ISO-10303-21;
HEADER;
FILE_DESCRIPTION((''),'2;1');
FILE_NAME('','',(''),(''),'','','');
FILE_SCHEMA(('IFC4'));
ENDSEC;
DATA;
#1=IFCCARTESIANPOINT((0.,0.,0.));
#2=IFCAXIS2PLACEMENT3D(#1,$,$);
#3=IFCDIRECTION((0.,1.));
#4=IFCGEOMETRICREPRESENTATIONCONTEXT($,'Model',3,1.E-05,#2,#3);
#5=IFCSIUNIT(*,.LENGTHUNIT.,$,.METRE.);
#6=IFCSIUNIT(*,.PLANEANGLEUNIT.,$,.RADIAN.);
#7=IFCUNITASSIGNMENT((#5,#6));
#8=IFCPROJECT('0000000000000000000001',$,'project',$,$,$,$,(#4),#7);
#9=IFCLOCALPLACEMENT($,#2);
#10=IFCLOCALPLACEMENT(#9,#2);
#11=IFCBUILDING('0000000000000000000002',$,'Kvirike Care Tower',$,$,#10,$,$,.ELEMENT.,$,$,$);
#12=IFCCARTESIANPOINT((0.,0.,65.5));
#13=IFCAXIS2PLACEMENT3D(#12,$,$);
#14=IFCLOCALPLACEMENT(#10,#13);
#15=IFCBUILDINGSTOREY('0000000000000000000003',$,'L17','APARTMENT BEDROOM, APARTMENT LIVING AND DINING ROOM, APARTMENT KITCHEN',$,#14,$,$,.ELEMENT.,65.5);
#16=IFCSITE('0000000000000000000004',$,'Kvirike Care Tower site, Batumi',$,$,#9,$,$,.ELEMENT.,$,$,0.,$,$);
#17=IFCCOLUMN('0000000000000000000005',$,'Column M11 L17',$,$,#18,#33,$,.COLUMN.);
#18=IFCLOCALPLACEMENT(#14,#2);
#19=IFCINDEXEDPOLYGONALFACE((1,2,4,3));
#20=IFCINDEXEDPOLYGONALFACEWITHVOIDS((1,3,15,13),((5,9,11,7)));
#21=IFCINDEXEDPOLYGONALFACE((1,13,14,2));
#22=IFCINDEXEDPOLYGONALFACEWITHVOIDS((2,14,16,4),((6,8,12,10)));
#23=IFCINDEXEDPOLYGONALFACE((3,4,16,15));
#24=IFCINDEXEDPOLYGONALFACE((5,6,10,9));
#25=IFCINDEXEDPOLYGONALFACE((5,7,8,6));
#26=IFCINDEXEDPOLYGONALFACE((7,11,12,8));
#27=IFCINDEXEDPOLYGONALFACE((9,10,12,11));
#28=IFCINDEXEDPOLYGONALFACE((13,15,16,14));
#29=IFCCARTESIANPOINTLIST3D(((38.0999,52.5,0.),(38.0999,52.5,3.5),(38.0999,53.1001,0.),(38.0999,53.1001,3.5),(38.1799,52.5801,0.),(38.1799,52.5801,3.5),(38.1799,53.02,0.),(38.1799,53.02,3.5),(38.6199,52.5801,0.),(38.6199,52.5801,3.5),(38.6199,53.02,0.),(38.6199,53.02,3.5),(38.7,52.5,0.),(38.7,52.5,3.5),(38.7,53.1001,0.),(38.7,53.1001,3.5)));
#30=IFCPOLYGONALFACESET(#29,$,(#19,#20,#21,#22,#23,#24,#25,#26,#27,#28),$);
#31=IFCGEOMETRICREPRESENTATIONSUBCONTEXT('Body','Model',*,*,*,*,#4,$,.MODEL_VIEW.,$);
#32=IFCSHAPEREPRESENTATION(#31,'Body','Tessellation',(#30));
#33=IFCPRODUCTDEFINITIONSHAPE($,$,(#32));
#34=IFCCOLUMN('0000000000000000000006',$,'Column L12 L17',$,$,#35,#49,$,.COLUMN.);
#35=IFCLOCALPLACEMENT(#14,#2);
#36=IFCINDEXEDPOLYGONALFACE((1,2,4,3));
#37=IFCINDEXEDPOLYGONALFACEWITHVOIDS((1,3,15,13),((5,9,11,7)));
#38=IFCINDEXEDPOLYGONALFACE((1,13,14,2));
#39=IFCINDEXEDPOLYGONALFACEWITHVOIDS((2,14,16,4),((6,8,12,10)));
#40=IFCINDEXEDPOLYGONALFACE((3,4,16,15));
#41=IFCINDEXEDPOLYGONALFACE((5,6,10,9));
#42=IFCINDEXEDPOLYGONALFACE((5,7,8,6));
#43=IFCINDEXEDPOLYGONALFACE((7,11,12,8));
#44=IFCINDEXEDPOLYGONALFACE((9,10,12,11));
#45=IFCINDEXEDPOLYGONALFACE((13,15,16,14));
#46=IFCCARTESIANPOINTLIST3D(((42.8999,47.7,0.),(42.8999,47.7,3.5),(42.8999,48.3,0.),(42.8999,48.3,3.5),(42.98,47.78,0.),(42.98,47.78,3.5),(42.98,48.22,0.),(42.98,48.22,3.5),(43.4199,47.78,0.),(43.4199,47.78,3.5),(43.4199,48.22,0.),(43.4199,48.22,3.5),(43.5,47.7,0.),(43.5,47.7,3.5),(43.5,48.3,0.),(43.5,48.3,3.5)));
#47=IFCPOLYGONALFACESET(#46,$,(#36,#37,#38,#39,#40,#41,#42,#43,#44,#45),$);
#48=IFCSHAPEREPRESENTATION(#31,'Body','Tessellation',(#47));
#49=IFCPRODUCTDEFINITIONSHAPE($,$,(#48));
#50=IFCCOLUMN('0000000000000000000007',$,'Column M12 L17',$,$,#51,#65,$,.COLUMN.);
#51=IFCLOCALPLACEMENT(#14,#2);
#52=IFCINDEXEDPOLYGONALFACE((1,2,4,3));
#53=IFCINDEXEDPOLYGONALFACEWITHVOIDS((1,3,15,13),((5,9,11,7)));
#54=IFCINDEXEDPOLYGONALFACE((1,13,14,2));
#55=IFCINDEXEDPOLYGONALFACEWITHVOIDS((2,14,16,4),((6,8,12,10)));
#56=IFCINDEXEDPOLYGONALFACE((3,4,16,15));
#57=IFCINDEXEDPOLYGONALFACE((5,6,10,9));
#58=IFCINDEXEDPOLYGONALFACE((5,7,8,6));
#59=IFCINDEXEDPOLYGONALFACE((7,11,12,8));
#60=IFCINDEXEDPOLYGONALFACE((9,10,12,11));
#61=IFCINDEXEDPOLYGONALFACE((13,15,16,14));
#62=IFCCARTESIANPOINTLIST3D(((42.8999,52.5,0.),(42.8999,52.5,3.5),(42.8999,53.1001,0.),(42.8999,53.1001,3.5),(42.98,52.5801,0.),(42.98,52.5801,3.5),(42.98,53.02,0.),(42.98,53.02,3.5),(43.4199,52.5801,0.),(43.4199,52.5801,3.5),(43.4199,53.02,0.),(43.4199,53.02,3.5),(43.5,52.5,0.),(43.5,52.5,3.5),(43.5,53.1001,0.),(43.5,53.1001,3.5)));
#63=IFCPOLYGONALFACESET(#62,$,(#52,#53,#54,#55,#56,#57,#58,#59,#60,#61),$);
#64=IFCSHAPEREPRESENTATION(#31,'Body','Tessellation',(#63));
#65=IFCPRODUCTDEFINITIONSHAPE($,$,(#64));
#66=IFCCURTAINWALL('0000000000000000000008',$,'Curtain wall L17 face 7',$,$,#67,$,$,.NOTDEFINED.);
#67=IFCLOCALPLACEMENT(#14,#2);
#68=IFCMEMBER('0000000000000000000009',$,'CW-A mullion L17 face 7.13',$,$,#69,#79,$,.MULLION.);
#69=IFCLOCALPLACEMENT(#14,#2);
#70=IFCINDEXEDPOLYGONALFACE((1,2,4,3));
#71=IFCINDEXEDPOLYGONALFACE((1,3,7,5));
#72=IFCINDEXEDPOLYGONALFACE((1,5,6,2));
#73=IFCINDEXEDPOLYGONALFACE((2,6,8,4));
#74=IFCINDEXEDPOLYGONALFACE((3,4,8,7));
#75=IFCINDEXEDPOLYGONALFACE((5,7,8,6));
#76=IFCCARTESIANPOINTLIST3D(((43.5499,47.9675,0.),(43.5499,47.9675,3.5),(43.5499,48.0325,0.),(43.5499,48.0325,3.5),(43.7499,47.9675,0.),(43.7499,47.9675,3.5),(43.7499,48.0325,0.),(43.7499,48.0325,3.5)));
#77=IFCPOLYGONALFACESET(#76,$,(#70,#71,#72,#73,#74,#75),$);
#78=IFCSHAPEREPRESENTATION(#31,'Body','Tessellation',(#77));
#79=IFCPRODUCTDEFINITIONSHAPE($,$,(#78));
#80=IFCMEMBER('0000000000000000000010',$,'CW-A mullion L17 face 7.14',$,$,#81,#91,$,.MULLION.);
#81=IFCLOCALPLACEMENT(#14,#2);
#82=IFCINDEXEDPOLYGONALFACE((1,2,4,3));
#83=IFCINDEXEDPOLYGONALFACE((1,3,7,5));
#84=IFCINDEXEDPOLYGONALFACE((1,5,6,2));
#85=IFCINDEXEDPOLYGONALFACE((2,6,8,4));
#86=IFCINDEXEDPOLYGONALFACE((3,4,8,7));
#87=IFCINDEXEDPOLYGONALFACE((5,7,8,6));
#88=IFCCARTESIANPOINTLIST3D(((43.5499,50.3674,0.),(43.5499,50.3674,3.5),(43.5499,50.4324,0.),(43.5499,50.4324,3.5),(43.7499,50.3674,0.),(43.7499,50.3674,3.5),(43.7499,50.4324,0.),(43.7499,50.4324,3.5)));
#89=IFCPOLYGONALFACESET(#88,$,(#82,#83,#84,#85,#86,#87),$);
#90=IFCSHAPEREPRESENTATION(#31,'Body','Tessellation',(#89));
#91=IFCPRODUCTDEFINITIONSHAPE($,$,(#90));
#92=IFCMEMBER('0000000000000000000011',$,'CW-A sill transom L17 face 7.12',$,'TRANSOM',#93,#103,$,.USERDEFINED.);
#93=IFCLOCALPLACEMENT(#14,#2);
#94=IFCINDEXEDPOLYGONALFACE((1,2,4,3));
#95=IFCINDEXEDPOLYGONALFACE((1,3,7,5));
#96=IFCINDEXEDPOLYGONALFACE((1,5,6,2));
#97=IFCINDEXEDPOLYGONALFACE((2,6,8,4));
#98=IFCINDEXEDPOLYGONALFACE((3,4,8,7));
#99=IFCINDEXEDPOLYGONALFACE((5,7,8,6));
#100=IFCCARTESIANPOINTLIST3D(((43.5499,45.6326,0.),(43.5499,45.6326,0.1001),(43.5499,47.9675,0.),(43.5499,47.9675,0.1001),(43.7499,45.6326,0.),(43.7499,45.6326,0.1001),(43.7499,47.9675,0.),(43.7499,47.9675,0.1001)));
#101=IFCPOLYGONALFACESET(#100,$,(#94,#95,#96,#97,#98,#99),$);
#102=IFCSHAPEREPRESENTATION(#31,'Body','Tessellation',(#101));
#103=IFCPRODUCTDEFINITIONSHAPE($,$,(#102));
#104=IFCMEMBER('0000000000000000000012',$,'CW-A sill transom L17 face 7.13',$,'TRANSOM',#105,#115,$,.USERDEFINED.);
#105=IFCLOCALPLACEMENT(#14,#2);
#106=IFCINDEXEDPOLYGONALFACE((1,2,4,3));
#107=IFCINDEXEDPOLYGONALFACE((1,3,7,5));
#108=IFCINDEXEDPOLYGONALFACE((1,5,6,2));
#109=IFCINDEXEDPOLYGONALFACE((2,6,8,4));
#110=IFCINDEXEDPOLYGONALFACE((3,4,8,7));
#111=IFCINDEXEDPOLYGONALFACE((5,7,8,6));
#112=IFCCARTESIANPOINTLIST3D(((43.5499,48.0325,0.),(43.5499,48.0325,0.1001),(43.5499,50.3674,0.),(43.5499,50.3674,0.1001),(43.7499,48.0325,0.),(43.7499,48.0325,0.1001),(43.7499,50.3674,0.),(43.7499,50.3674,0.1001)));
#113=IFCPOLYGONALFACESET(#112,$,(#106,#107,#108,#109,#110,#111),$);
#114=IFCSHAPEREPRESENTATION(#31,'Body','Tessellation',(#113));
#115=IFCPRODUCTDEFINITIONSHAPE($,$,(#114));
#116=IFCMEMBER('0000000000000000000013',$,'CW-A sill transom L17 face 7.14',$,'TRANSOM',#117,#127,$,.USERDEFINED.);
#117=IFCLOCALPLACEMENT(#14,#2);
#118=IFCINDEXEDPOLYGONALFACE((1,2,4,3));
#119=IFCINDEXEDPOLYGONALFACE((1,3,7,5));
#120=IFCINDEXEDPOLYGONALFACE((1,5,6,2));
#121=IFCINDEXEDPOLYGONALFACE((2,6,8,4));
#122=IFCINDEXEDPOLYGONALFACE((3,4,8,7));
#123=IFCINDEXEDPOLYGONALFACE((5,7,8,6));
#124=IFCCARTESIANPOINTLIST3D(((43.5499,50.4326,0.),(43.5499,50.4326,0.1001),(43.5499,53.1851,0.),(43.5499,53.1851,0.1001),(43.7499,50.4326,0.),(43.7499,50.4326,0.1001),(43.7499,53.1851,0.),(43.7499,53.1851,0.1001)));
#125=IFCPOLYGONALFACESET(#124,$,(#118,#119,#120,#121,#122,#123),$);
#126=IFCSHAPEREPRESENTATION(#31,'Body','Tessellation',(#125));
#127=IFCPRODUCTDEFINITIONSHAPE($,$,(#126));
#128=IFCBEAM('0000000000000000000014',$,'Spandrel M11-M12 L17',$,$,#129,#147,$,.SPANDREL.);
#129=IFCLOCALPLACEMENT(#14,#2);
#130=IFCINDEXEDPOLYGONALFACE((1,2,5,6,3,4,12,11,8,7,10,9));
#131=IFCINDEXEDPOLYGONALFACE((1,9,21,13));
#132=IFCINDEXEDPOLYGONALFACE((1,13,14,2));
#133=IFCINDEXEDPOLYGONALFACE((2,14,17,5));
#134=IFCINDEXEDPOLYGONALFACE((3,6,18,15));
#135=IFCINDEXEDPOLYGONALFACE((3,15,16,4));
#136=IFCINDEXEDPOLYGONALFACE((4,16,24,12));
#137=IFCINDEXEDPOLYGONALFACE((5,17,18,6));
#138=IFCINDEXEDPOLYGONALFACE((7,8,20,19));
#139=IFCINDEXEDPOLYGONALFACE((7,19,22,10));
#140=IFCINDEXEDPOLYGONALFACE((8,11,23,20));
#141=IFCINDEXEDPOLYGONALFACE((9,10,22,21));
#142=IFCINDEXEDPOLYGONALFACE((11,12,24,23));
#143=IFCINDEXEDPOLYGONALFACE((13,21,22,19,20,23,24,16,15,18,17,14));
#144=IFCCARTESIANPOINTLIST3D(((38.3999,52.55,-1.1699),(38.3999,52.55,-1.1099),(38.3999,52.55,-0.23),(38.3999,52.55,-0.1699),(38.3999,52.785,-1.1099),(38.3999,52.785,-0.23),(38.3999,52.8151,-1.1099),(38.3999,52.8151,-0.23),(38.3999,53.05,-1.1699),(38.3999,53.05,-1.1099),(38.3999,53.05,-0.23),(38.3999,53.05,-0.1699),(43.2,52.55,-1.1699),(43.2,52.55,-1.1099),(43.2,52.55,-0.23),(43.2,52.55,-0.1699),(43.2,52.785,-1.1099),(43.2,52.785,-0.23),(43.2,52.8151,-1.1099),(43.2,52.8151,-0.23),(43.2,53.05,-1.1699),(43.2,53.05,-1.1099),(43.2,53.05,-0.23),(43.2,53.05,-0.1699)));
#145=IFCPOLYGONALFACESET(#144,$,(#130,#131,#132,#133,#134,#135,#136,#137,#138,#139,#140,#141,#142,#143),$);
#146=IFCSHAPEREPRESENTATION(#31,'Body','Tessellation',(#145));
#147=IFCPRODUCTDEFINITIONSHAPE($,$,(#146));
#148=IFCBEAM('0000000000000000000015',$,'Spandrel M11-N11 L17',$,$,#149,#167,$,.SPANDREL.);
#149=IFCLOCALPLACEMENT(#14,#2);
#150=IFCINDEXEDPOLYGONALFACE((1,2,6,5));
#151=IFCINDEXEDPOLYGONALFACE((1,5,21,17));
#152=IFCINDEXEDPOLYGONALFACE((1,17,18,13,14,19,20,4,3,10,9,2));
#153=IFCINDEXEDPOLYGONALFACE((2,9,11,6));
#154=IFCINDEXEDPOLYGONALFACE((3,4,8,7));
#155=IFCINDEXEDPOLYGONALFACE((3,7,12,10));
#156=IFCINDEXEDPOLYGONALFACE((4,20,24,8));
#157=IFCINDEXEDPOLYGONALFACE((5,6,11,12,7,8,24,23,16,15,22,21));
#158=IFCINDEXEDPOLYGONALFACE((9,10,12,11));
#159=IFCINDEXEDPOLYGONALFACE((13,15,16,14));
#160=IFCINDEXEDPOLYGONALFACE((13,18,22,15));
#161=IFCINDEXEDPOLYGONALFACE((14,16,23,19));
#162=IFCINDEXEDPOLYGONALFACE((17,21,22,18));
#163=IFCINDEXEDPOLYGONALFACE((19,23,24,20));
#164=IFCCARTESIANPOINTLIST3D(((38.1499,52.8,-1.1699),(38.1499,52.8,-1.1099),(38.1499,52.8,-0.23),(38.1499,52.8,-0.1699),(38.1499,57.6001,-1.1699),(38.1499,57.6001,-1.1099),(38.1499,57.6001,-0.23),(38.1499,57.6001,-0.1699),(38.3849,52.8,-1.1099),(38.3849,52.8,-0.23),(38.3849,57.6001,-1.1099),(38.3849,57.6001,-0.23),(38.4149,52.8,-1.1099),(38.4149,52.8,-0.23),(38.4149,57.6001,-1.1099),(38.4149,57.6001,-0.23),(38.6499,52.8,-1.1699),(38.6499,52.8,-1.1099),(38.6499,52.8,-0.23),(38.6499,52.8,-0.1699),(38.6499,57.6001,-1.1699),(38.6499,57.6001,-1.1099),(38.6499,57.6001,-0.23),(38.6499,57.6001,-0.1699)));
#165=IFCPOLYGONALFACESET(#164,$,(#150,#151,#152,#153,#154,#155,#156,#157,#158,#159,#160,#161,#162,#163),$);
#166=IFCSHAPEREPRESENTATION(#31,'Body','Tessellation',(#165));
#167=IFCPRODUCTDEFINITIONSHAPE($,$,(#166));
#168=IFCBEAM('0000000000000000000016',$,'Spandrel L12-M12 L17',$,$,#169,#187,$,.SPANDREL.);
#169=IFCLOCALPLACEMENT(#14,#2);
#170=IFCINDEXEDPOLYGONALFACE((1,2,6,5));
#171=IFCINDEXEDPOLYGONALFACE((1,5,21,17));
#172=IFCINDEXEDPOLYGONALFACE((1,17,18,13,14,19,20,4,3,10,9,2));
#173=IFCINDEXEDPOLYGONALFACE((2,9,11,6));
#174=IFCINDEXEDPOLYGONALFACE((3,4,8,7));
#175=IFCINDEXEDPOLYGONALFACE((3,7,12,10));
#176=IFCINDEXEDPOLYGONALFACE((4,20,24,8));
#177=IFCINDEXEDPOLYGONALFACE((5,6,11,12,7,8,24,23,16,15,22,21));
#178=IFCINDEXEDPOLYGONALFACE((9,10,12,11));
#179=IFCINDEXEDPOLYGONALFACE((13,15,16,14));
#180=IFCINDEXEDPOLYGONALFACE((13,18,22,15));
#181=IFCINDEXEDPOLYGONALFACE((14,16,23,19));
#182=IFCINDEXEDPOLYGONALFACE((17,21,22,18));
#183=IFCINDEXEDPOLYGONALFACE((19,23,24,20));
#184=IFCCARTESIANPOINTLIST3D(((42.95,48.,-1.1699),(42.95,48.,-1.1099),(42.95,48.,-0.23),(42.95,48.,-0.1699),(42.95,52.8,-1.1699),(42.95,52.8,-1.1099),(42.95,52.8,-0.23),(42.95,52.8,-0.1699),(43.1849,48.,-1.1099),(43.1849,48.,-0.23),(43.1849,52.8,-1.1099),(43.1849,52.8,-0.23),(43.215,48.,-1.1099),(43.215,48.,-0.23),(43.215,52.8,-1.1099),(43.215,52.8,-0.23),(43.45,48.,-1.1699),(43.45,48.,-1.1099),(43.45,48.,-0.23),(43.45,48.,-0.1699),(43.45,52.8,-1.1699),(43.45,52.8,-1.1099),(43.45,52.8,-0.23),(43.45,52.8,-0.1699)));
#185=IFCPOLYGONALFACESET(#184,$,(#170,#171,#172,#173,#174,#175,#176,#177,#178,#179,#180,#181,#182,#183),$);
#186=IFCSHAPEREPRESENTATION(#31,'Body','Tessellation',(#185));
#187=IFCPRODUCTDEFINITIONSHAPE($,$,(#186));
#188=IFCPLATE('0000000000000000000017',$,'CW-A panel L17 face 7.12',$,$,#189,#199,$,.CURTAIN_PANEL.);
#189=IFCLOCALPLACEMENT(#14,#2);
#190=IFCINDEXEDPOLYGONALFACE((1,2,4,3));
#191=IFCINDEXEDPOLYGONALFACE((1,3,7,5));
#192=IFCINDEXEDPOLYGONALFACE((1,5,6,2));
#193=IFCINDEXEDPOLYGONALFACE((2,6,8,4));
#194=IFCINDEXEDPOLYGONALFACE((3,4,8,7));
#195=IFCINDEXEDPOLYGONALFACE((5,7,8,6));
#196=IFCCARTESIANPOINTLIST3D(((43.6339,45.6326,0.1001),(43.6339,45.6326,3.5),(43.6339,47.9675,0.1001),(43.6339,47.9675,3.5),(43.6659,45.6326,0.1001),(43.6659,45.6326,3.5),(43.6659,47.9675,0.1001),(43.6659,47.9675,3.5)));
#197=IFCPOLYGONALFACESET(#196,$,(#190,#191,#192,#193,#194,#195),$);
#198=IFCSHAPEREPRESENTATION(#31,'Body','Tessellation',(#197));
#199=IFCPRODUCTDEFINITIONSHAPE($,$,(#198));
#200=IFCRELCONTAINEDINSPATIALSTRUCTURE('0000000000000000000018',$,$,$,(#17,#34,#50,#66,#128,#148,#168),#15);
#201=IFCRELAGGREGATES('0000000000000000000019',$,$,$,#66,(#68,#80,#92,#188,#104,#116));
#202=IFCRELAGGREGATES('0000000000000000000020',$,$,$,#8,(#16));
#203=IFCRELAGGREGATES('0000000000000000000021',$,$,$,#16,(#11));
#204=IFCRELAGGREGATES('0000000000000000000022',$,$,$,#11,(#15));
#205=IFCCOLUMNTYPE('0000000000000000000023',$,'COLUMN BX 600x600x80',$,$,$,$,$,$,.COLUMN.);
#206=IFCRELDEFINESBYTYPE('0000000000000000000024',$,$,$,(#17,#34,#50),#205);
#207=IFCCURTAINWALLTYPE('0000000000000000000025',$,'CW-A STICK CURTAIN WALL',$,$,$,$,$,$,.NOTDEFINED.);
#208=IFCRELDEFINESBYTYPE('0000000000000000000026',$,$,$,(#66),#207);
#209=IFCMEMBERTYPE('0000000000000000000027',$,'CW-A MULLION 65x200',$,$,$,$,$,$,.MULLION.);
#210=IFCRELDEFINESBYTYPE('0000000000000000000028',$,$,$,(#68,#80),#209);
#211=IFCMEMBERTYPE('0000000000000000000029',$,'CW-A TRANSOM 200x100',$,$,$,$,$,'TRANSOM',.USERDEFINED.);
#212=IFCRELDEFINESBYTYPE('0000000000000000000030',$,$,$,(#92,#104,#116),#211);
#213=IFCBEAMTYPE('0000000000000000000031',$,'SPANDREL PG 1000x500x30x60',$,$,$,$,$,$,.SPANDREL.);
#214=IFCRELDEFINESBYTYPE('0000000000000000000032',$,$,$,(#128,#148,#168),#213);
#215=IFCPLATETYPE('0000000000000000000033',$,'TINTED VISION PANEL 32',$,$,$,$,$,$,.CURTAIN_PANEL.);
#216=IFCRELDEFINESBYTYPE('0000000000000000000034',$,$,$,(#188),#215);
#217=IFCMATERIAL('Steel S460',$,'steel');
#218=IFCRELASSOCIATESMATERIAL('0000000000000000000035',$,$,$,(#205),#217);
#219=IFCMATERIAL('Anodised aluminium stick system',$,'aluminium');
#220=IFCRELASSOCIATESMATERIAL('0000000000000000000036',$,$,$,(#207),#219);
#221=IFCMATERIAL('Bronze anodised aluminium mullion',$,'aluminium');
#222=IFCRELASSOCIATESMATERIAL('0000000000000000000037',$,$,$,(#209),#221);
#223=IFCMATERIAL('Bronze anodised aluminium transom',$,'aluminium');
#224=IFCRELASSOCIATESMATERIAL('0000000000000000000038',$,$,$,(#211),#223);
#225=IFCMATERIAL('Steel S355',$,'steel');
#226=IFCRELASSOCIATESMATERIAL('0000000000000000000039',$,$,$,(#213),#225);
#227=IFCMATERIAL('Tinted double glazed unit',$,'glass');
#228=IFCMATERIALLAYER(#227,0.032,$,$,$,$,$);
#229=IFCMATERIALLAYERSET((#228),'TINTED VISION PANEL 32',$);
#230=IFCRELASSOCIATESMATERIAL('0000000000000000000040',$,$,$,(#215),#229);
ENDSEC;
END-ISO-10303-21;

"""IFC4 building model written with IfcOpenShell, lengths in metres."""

from ifc_helpers import new_model, si_unit, direction, frame, origin, origin_2d, place, context, subcontext, project, spatial, rectangle, hollow_rectangle, i_section, extrude, material, layer, layer_set, material_profile, profile_set, type_object, element, aggregate, save


model = new_model("IFC4")

# Units and contexts
model_context = context("Model", 3, precision=1e-05, world=origin(), true_north=direction((0.0, 1.0)))
body_context = subcontext(model_context, "Body", "Model", "MODEL_VIEW")
ifc_project = project(units=[si_unit("LENGTHUNIT", "METRE"), si_unit("PLANEANGLEUNIT", "RADIAN")], contexts=[model_context])

# Site, building, storey
site_placement = place(None, origin())
site = spatial("IfcSite", under=ifc_project, at=site_placement, Name="Kvirike Care Tower site, Batumi", CompositionType="ELEMENT", RefElevation=0.0)
building_placement = place(site_placement, origin())
building = spatial("IfcBuilding", under=site, at=building_placement, Name="Kvirike Care Tower", CompositionType="ELEMENT")
storey_placement = place(building_placement, frame((0.0, 0.0, 65.5)))
storey = spatial("IfcBuildingStorey", under=building, at=storey_placement, Name="L17", Description="APARTMENT BEDROOM, APARTMENT LIVING AND DINING ROOM, APARTMENT KITCHEN", CompositionType="ELEMENT", Elevation=65.5)

# Columns
ifc_material_1 = material(Name="Steel S460", Category="steel")
ifc_material_profile_1 = material_profile(ifc_material_1, hollow_rectangle(XDim=0.6001, YDim=0.6001, WallThickness=0.0801, at=origin_2d()), Name="BX 600x600x80")
ifc_profile_set_1 = profile_set([ifc_material_profile_1], Name="Steel S460")
column_type = type_object("IfcColumnType", Name="COLUMN BX 600x600x80", PredefinedType="COLUMN", material=ifc_profile_set_1)
for number, where, z_axis, x_axis, name in (
    (1, (38.3999, 52.8, 0.0), (0.0, 0.0, 1.0), (0.0, 1.0, 0.0), "Column M11 L17"),
    (2, (43.2, 48.0, 0.0), (0.0, 0.0, 1.0), (1.0, 0.0, 0.0), "Column L12 L17"),
    (3, (43.2, 52.8, 0.0), (0.0, 0.0, 1.0), (0.0, 1.0, 0.0), "Column M12 L17"),
):
    element("IfcColumn", number, at=place(storey_placement, frame(where, z_axis=z_axis, x_axis=x_axis)), inside=storey, type_object=column_type, Name=name, PredefinedType="COLUMN", context=body_context, shape_type="SweptSolid", body=[
        extrude(hollow_rectangle(XDim=0.6001, YDim=0.6001, WallThickness=0.0801, at=origin_2d()), origin(), (0.0, 0.0, 1.0), 3.5),
    ])

# Curtain wall, members
ifc_material_2 = material(Name="Anodised aluminium stick system", Category="aluminium")
curtain_wall_type = type_object("IfcCurtainWallType", Name="CW-A STICK CURTAIN WALL", PredefinedType="NOTDEFINED", material=ifc_material_2)
curtain_wall_placement = place(storey_placement, origin())
curtain_wall = element("IfcCurtainWall", 4, at=curtain_wall_placement, inside=storey, type_object=curtain_wall_type, Name="Curtain wall L17 face 7", PredefinedType="NOTDEFINED")
ifc_material_3 = material(Name="Bronze anodised aluminium mullion", Category="aluminium")
ifc_material_profile_2 = material_profile(ifc_material_3, rectangle(XDim=0.0649, YDim=0.2, at=origin_2d()), Name="CW-A MULLION 65x200")
ifc_profile_set_2 = profile_set([ifc_material_profile_2], Name="Bronze anodised aluminium mullion")
member_type_1 = type_object("IfcMemberType", Name="CW-A MULLION 65x200", PredefinedType="MULLION", material=ifc_profile_set_2)
member_1_placement = place(storey_placement, frame((43.6499, 48.0, 0.0), z_axis=(0.0, 0.0, 1.0), x_axis=(0.0, 1.0, 0.0)))
member_1 = element("IfcMember", 5, at=member_1_placement, type_object=member_type_1, Name="CW-A mullion L17 face 7.13", PredefinedType="MULLION", context=body_context, shape_type="SweptSolid", body=[
    extrude(rectangle(XDim=0.0649, YDim=0.2, at=origin_2d()), origin(), (0.0, 0.0, 1.0), 3.5),
])
member_2_placement = place(storey_placement, frame((43.6499, 50.3999, 0.0), z_axis=(0.0, 0.0, 1.0), x_axis=(0.0, 1.0, 0.0)))
member_2 = element("IfcMember", 6, at=member_2_placement, type_object=member_type_1, Name="CW-A mullion L17 face 7.14", PredefinedType="MULLION", context=body_context, shape_type="SweptSolid", body=[
    extrude(rectangle(XDim=0.0649, YDim=0.2, at=origin_2d()), origin(), (0.0, 0.0, 1.0), 3.5),
])
ifc_material_4 = material(Name="Bronze anodised aluminium transom", Category="aluminium")
ifc_material_profile_3 = material_profile(ifc_material_4, rectangle(XDim=0.2, YDim=0.1001, at=origin_2d()), Name="CW-A TRANSOM 200x100")
ifc_profile_set_3 = profile_set([ifc_material_profile_3], Name="Bronze anodised aluminium transom")
member_type_2 = type_object("IfcMemberType", Name="CW-A TRANSOM 200x100", ElementType="TRANSOM", PredefinedType="USERDEFINED", material=ifc_profile_set_3)
member_3_placement = place(storey_placement, frame((43.6499, 45.6326, 0.05), z_axis=(0.0, 1.0, 0.0), x_axis=(-1.0, 0.0, 0.0)))
member_3 = element("IfcMember", 7, at=member_3_placement, type_object=member_type_2, Name="CW-A sill transom L17 face 7.12", ObjectType="TRANSOM", PredefinedType="USERDEFINED", context=body_context, shape_type="SweptSolid", body=[
    extrude(rectangle(XDim=0.2, YDim=0.1001, at=origin_2d()), origin(), (0.0, 0.0, 1.0), 2.335),
])
member_4_placement = place(storey_placement, frame((43.6499, 48.0325, 0.05), z_axis=(0.0, 1.0, 0.0), x_axis=(-1.0, 0.0, 0.0)))
member_4 = element("IfcMember", 8, at=member_4_placement, type_object=member_type_2, Name="CW-A sill transom L17 face 7.13", ObjectType="TRANSOM", PredefinedType="USERDEFINED", context=body_context, shape_type="SweptSolid", body=[
    extrude(rectangle(XDim=0.2, YDim=0.1001, at=origin_2d()), origin(), (0.0, 0.0, 1.0), 2.335),
])
member_5_placement = place(storey_placement, frame((43.6499, 50.4326, 0.05), z_axis=(0.0, 1.0, 0.0), x_axis=(-1.0, 0.0, 0.0)))
member_5 = element("IfcMember", 9, at=member_5_placement, type_object=member_type_2, Name="CW-A sill transom L17 face 7.14", ObjectType="TRANSOM", PredefinedType="USERDEFINED", context=body_context, shape_type="SweptSolid", body=[
    extrude(rectangle(XDim=0.2, YDim=0.1001, at=origin_2d()), origin(), (0.0, 0.0, 1.0), 2.7524),
])

# Beams
ifc_material_5 = material(Name="Steel S355", Category="steel")
ifc_material_profile_4 = material_profile(ifc_material_5, i_section(OverallWidth=0.5, OverallDepth=1.0, WebThickness=0.03, FlangeThickness=0.0601, at=origin_2d()), Name="PG 1000x500x30x60")
ifc_profile_set_4 = profile_set([ifc_material_profile_4], Name="Steel S355")
beam_type = type_object("IfcBeamType", Name="SPANDREL PG 1000x500x30x60", PredefinedType="SPANDREL", material=ifc_profile_set_4)
for number, where, z_axis, x_axis, name in (
    (10, (38.3999, 52.8, -0.6699), (1.0, 0.0, 0.0), (0.0, 1.0, 0.0), "Spandrel M11-M12 L17"),
    (11, (38.3999, 52.8, -0.6699), (0.0, 1.0, 0.0), (-1.0, 0.0, 0.0), "Spandrel M11-N11 L17"),
    (12, (43.2, 48.0, -0.6699), (0.0, 1.0, 0.0), (-1.0, 0.0, 0.0), "Spandrel L12-M12 L17"),
):
    element("IfcBeam", number, at=place(storey_placement, frame(where, z_axis=z_axis, x_axis=x_axis)), inside=storey, type_object=beam_type, Name=name, PredefinedType="SPANDREL", context=body_context, shape_type="SweptSolid", body=[
        extrude(i_section(OverallWidth=0.5, OverallDepth=1.0, WebThickness=0.03, FlangeThickness=0.0601, at=origin_2d()), origin(), (0.0, 0.0, 1.0), 4.8),
    ])

# Plate
ifc_material_6 = material(Name="Tinted double glazed unit", Category="glass")
ifc_layer_1 = layer(ifc_material_6, 0.032)
ifc_layer_set_1 = layer_set([ifc_layer_1], Name="TINTED VISION PANEL 32")
plate_type = type_object("IfcPlateType", Name="TINTED VISION PANEL 32", PredefinedType="CURTAIN_PANEL", material=ifc_layer_set_1)
plate_1_placement = place(storey_placement, frame((43.6499, 46.8, 0.1001), z_axis=(0.0, 0.0, 1.0), x_axis=(0.0, 1.0, 0.0)))
plate_1 = element("IfcPlate", 13, at=plate_1_placement, type_object=plate_type, Name="CW-A panel L17 face 7.12", PredefinedType="CURTAIN_PANEL", context=body_context, shape_type="SweptSolid", body=[
    extrude(rectangle(XDim=2.335, YDim=0.032, at=origin_2d()), origin(), (0.0, 0.0, 1.0), 3.3999),
])
aggregate(curtain_wall, [member_1, member_2, member_3, plate_1, member_4, member_5])

save(model, "model.ifc")
